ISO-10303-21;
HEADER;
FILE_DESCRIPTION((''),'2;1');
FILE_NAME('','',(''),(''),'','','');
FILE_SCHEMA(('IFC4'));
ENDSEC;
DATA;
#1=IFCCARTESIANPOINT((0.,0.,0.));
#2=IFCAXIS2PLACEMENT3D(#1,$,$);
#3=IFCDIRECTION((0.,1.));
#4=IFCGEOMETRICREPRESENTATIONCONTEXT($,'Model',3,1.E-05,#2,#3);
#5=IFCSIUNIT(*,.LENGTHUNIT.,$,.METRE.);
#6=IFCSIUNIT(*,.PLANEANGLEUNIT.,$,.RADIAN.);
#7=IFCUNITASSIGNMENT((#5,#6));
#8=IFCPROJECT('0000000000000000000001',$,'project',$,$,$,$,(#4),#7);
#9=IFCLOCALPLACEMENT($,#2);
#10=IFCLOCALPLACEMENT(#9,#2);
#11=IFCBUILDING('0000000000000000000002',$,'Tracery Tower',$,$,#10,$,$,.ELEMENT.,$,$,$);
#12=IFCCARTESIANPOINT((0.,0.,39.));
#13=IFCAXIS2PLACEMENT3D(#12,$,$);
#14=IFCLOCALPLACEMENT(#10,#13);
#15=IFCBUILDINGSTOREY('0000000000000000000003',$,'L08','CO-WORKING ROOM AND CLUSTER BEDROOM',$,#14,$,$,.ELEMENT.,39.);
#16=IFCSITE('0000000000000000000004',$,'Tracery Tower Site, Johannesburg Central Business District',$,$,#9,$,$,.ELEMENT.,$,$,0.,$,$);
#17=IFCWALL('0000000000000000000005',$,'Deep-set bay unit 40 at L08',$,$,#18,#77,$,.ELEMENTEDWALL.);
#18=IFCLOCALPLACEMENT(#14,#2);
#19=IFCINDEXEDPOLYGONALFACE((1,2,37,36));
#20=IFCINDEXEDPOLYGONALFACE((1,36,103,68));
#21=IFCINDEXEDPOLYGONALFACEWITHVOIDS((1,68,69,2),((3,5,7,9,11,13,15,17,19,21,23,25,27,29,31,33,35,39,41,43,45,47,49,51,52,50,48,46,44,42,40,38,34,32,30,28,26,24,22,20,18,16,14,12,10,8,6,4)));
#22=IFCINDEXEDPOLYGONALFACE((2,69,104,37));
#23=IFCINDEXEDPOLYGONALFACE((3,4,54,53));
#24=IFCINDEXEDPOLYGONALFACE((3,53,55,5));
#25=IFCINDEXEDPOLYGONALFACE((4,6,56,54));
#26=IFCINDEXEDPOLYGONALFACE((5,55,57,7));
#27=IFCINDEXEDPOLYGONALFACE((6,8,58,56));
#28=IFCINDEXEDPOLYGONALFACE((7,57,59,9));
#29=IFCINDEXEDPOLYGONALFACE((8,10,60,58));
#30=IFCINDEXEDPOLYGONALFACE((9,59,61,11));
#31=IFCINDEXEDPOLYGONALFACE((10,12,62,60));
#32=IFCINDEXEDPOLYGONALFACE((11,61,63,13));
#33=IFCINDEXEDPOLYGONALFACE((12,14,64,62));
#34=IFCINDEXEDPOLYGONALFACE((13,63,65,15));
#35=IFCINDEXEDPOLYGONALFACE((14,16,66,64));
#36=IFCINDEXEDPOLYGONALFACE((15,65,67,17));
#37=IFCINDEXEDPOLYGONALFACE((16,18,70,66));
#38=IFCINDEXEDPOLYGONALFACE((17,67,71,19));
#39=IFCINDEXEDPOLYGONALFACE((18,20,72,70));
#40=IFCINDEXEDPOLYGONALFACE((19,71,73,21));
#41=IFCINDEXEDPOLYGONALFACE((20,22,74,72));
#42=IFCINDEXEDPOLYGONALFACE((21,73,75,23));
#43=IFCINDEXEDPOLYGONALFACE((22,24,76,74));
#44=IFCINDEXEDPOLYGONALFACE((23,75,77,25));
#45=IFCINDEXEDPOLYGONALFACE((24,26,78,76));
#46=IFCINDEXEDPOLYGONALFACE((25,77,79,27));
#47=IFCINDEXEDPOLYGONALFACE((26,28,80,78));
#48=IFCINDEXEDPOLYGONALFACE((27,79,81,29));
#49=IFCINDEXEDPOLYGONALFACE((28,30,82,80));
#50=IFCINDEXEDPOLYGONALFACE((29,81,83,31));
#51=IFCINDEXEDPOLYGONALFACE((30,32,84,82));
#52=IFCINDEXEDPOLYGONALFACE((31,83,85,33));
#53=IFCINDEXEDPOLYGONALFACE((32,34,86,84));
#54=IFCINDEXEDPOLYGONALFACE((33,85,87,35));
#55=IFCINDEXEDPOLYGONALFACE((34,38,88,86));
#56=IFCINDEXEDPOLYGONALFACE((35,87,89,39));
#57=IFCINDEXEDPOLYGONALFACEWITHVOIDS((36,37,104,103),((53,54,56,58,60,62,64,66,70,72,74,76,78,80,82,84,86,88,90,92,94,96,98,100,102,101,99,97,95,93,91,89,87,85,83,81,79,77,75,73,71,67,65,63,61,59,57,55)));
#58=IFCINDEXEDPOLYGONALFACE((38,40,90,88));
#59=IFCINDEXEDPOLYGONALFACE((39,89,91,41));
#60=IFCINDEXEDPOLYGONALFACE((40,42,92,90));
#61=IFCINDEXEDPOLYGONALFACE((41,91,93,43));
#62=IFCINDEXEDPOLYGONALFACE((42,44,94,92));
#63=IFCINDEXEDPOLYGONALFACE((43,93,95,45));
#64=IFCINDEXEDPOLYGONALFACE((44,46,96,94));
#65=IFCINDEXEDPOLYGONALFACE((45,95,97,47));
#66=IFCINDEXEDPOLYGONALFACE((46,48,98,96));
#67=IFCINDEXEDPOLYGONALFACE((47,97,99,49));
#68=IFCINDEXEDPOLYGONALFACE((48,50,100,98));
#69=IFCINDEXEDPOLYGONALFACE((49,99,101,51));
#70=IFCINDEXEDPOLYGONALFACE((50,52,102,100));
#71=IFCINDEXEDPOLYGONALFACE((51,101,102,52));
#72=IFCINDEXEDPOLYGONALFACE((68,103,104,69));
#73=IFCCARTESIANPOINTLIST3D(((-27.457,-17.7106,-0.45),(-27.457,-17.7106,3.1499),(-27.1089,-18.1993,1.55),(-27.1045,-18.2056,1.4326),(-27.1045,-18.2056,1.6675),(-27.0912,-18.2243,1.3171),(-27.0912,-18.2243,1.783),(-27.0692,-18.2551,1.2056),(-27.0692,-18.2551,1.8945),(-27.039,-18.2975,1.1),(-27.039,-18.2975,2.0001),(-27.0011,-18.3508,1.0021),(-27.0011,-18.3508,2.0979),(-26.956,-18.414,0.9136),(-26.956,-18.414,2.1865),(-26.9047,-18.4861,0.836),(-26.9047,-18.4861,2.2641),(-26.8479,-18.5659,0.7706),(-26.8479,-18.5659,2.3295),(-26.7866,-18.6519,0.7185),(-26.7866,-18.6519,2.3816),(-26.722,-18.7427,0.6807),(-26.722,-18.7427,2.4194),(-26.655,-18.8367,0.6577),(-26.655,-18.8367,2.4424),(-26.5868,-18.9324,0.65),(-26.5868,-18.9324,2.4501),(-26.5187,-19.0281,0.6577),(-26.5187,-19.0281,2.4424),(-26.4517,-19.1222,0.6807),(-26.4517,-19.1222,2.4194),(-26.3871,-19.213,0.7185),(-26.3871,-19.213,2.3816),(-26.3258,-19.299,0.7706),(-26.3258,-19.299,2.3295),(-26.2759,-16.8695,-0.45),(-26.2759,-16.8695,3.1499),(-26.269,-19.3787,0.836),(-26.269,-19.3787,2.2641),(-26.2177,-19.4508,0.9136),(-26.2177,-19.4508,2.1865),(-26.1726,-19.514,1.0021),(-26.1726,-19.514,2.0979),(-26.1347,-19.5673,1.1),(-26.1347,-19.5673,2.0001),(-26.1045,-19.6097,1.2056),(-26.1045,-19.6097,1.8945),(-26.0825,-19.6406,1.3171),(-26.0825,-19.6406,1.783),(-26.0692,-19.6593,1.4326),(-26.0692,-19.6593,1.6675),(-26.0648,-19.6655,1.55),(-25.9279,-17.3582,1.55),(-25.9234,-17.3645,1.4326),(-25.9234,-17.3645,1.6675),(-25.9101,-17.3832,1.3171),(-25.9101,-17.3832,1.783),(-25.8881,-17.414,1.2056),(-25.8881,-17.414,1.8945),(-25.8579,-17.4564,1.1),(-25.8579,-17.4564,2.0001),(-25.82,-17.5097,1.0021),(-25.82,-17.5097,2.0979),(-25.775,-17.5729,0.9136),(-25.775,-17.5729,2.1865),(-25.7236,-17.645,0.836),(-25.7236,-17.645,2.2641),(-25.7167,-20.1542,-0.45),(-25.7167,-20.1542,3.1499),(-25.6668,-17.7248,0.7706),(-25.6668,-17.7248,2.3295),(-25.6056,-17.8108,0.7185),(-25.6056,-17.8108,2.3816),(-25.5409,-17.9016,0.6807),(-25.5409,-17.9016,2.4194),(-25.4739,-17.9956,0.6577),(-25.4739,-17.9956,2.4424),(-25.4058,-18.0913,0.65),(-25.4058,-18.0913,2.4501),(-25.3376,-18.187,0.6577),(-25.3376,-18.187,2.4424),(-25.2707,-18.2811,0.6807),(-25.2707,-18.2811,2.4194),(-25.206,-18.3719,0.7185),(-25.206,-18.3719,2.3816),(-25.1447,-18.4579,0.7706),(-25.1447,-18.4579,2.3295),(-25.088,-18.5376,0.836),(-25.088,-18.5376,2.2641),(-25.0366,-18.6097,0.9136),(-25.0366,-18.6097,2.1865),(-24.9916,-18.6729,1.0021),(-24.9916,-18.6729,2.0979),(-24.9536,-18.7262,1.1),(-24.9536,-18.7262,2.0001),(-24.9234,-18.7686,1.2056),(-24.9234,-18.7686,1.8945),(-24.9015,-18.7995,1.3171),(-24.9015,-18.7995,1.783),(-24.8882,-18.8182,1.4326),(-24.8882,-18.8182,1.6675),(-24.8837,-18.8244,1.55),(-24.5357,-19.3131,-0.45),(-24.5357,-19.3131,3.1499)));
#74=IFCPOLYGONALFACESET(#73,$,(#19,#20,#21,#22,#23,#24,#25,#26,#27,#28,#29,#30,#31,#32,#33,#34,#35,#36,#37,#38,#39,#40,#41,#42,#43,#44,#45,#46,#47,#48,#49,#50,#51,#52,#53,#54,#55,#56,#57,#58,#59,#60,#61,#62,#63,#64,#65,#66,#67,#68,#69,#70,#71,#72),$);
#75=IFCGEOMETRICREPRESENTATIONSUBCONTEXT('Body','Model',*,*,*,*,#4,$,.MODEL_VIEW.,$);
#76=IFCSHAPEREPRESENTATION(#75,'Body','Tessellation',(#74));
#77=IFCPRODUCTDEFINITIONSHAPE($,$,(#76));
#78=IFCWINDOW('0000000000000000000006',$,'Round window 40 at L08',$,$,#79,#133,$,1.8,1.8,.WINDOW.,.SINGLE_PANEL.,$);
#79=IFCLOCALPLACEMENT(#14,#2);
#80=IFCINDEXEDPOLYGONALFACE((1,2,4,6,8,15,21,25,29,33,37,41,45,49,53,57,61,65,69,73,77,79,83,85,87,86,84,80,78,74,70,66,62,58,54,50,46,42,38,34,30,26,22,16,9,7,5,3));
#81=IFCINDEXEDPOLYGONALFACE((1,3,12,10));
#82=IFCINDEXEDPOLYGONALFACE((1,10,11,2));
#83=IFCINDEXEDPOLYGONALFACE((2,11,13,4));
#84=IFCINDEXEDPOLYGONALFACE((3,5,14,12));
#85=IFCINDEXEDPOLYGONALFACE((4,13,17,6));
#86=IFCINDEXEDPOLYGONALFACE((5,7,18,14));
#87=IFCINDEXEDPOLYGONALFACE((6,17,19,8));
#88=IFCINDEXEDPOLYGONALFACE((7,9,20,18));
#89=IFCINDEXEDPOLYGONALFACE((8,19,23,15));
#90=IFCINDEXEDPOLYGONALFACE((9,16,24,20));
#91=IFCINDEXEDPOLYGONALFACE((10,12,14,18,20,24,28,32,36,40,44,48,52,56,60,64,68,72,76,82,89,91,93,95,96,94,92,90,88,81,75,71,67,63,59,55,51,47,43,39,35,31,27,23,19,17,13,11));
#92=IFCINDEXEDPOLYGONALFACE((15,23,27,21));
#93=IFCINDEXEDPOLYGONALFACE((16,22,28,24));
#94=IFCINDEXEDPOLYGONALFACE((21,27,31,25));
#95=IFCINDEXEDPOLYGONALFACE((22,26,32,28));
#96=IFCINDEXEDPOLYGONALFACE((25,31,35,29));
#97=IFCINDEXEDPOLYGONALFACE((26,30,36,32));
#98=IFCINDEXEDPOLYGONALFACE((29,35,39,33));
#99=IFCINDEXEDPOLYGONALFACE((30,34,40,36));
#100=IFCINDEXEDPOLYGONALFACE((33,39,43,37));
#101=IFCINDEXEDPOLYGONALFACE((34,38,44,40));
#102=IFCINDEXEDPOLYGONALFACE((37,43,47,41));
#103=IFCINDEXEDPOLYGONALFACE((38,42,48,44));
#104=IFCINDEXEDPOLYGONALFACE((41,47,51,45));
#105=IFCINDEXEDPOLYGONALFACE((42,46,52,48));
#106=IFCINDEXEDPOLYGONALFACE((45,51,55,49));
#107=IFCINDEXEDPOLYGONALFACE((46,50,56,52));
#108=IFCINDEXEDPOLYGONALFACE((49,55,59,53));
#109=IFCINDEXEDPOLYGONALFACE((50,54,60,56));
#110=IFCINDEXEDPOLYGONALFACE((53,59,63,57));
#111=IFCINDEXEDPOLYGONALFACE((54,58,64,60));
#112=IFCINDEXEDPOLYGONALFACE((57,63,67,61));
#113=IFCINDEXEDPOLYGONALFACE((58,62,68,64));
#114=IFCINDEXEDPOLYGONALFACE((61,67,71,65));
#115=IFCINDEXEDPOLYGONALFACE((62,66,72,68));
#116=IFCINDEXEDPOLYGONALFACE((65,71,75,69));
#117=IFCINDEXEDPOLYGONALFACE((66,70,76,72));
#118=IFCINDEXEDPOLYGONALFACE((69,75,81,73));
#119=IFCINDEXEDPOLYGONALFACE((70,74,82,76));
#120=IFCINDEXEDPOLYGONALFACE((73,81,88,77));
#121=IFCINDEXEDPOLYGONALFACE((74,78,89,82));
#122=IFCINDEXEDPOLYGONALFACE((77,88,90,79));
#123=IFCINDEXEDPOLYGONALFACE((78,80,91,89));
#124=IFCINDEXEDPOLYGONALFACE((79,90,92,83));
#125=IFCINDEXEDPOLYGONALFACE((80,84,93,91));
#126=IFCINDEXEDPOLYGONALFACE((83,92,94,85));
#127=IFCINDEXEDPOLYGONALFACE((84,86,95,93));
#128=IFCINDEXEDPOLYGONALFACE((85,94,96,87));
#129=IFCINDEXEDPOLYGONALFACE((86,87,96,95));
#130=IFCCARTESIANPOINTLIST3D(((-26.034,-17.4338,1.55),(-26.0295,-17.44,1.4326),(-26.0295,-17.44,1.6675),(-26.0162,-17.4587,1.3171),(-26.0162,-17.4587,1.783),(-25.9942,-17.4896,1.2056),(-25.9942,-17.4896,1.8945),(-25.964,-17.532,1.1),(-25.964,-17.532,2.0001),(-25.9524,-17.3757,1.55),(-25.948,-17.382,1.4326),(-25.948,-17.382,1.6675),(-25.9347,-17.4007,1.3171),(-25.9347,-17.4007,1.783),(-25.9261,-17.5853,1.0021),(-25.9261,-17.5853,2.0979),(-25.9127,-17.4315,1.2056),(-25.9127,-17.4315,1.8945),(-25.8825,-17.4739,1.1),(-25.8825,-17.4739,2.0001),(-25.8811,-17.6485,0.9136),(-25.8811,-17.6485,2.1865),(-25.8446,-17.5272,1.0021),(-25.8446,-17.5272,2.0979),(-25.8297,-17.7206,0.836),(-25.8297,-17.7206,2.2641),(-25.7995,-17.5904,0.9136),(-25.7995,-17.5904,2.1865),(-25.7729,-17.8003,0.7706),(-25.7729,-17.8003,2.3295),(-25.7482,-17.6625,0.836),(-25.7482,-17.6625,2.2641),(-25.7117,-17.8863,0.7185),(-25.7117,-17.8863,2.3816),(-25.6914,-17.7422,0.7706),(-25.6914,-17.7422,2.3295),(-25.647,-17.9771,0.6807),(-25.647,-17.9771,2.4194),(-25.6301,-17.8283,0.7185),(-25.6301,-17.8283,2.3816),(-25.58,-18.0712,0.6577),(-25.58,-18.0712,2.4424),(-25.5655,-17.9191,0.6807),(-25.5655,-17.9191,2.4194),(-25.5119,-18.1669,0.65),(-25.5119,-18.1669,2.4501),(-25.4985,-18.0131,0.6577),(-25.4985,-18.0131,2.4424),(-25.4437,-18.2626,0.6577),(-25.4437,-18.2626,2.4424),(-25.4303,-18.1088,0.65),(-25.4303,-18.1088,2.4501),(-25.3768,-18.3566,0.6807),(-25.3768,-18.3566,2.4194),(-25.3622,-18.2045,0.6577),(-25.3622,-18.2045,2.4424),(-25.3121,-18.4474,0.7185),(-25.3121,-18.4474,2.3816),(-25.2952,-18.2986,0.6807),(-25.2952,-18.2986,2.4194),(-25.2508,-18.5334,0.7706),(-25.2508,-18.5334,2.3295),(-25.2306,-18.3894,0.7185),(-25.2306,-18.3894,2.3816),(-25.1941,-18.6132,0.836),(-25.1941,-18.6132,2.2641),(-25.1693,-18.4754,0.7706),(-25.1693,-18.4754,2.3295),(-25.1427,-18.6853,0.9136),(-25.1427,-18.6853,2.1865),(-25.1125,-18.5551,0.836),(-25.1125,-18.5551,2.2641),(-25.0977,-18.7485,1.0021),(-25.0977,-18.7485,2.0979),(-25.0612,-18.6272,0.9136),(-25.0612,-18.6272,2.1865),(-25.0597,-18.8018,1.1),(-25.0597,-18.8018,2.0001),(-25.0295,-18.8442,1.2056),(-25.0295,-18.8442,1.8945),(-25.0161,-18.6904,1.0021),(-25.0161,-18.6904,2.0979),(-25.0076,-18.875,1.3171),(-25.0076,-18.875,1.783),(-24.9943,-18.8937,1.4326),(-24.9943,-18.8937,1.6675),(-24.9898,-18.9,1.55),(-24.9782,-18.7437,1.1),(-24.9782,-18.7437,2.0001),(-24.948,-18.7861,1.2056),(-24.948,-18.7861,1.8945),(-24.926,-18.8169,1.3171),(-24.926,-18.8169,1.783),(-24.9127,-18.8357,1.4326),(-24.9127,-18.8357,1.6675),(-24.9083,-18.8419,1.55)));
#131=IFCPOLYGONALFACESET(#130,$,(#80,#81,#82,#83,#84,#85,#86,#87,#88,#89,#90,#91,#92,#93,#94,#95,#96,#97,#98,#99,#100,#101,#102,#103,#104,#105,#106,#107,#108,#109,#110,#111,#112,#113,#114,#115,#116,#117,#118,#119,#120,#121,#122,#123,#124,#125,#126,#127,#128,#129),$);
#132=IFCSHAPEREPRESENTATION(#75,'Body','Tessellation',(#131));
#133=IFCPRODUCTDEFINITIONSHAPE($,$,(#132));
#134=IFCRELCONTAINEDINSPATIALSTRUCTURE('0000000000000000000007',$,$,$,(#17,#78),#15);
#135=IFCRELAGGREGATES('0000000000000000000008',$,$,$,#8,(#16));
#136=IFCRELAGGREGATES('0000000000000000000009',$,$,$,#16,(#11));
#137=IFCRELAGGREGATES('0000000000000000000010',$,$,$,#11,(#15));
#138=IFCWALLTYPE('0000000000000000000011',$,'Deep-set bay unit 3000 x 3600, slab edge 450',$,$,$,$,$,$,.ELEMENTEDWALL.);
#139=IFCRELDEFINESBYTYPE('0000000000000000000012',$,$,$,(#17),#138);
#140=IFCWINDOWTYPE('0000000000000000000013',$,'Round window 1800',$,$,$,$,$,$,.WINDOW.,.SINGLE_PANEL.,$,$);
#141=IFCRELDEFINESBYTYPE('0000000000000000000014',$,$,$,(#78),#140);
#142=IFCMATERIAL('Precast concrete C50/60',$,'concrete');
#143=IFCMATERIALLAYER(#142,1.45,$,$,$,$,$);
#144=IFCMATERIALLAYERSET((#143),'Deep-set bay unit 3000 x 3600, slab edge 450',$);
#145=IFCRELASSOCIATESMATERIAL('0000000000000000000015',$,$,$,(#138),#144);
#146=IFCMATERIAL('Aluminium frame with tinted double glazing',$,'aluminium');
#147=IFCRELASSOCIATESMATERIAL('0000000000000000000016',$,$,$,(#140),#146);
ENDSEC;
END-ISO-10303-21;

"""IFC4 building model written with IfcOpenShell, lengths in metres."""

from ifc_helpers import new_model, si_unit, direction, frame, frame_2d, origin, origin_2d, place, context, subcontext, project, spatial, rectangle, circle, extrude, material, layer, layer_set, type_object, element, fill, save


model = new_model("IFC4")

# Units and contexts
model_context = context("Model", 3, precision=1e-05, world=origin(), true_north=direction((0.0, 1.0)))
body_context = subcontext(model_context, "Body", "Model", "MODEL_VIEW")
ifc_project = project(units=[si_unit("LENGTHUNIT", "METRE"), si_unit("PLANEANGLEUNIT", "RADIAN")], contexts=[model_context])

# Site, building, storey
site_placement = place(None, origin())
site = spatial("IfcSite", under=ifc_project, at=site_placement, Name="Tracery Tower Site, Johannesburg Central Business District", CompositionType="ELEMENT", RefElevation=0.0)
building_placement = place(site_placement, origin())
building = spatial("IfcBuilding", under=site, at=building_placement, Name="Tracery Tower", CompositionType="ELEMENT")
storey_placement = place(building_placement, frame((0.0, 0.0, 39.0)))
storey = spatial("IfcBuildingStorey", under=building, at=storey_placement, Name="L08", Description="CO-WORKING ROOM AND CLUSTER BEDROOM", CompositionType="ELEMENT", Elevation=39.0)

# Wall, opening, window
ifc_material_1 = material(Name="Precast concrete C50/60", Category="concrete")
ifc_layer_1 = layer(ifc_material_1, 1.45)
ifc_layer_set_1 = layer_set([ifc_layer_1], Name="Deep-set bay unit 3000 x 3600, slab edge 450")
wall_type_1 = type_object("IfcWallType", Name="Deep-set bay unit 3000 x 3600, slab edge 450", PredefinedType="ELEMENTEDWALL", material=ifc_layer_set_1)
ifc_material_2 = material(Name="Aluminium frame with tinted double glazing", Category="aluminium")
window_type = type_object("IfcWindowType", Name="Round window 1800", PartitioningType="SINGLE_PANEL", PredefinedType="WINDOW", material=ifc_material_2)
wall_1_placement = place(storey_placement, frame((-26.8665, -17.29, -0.45), z_axis=(0.0, 0.0, 1.0), x_axis=(0.580091, -0.814552, 0.0)))
wall_1 = element("IfcWall", 1, at=wall_1_placement, inside=storey, type_object=wall_type_1, Name="Deep-set bay unit 40 at L08", PredefinedType="ELEMENTEDWALL", context=body_context, shape_type="SweptSolid", body=[
    extrude(rectangle(XDim=3.0, YDim=1.45, at=frame_2d((1.5, 0.0))), origin(), (0.0, 0.0, 1.0), 3.5999),
])
opening_1_placement = place(wall_1_placement, frame((1.5, 0.0, 2.0)))
opening_1 = element("IfcOpeningElement", 2, at=opening_1_placement, cuts=wall_1, PredefinedType="OPENING", context=body_context, shape_type="SweptSolid", body=[
    extrude(circle(Radius=0.9, at=origin_2d()), frame((0.0, 0.7349, 0.0), z_axis=(0.0, -1.0, 0.0), x_axis=(1.0, 0.0, 0.0)), (0.0, 0.0, 1.0), 1.47),
])
window_1_placement = place(opening_1_placement, origin())
window_1 = element("IfcWindow", 3, at=window_1_placement, inside=storey, type_object=window_type, Name="Round window 40 at L08", OverallHeight=1.8, OverallWidth=1.8, PartitioningType="SINGLE_PANEL", PredefinedType="WINDOW", context=body_context, shape_type="SweptSolid", body=[
    extrude(circle(Radius=0.9, at=origin_2d()), frame((0.0, 0.6948, 0.0), z_axis=(0.0, -1.0, 0.0), x_axis=(1.0, 0.0, 0.0)), (0.0, 0.0, 1.0), 0.1001),
])
fill(opening_1, window_1)

save(model, "model.ifc")
